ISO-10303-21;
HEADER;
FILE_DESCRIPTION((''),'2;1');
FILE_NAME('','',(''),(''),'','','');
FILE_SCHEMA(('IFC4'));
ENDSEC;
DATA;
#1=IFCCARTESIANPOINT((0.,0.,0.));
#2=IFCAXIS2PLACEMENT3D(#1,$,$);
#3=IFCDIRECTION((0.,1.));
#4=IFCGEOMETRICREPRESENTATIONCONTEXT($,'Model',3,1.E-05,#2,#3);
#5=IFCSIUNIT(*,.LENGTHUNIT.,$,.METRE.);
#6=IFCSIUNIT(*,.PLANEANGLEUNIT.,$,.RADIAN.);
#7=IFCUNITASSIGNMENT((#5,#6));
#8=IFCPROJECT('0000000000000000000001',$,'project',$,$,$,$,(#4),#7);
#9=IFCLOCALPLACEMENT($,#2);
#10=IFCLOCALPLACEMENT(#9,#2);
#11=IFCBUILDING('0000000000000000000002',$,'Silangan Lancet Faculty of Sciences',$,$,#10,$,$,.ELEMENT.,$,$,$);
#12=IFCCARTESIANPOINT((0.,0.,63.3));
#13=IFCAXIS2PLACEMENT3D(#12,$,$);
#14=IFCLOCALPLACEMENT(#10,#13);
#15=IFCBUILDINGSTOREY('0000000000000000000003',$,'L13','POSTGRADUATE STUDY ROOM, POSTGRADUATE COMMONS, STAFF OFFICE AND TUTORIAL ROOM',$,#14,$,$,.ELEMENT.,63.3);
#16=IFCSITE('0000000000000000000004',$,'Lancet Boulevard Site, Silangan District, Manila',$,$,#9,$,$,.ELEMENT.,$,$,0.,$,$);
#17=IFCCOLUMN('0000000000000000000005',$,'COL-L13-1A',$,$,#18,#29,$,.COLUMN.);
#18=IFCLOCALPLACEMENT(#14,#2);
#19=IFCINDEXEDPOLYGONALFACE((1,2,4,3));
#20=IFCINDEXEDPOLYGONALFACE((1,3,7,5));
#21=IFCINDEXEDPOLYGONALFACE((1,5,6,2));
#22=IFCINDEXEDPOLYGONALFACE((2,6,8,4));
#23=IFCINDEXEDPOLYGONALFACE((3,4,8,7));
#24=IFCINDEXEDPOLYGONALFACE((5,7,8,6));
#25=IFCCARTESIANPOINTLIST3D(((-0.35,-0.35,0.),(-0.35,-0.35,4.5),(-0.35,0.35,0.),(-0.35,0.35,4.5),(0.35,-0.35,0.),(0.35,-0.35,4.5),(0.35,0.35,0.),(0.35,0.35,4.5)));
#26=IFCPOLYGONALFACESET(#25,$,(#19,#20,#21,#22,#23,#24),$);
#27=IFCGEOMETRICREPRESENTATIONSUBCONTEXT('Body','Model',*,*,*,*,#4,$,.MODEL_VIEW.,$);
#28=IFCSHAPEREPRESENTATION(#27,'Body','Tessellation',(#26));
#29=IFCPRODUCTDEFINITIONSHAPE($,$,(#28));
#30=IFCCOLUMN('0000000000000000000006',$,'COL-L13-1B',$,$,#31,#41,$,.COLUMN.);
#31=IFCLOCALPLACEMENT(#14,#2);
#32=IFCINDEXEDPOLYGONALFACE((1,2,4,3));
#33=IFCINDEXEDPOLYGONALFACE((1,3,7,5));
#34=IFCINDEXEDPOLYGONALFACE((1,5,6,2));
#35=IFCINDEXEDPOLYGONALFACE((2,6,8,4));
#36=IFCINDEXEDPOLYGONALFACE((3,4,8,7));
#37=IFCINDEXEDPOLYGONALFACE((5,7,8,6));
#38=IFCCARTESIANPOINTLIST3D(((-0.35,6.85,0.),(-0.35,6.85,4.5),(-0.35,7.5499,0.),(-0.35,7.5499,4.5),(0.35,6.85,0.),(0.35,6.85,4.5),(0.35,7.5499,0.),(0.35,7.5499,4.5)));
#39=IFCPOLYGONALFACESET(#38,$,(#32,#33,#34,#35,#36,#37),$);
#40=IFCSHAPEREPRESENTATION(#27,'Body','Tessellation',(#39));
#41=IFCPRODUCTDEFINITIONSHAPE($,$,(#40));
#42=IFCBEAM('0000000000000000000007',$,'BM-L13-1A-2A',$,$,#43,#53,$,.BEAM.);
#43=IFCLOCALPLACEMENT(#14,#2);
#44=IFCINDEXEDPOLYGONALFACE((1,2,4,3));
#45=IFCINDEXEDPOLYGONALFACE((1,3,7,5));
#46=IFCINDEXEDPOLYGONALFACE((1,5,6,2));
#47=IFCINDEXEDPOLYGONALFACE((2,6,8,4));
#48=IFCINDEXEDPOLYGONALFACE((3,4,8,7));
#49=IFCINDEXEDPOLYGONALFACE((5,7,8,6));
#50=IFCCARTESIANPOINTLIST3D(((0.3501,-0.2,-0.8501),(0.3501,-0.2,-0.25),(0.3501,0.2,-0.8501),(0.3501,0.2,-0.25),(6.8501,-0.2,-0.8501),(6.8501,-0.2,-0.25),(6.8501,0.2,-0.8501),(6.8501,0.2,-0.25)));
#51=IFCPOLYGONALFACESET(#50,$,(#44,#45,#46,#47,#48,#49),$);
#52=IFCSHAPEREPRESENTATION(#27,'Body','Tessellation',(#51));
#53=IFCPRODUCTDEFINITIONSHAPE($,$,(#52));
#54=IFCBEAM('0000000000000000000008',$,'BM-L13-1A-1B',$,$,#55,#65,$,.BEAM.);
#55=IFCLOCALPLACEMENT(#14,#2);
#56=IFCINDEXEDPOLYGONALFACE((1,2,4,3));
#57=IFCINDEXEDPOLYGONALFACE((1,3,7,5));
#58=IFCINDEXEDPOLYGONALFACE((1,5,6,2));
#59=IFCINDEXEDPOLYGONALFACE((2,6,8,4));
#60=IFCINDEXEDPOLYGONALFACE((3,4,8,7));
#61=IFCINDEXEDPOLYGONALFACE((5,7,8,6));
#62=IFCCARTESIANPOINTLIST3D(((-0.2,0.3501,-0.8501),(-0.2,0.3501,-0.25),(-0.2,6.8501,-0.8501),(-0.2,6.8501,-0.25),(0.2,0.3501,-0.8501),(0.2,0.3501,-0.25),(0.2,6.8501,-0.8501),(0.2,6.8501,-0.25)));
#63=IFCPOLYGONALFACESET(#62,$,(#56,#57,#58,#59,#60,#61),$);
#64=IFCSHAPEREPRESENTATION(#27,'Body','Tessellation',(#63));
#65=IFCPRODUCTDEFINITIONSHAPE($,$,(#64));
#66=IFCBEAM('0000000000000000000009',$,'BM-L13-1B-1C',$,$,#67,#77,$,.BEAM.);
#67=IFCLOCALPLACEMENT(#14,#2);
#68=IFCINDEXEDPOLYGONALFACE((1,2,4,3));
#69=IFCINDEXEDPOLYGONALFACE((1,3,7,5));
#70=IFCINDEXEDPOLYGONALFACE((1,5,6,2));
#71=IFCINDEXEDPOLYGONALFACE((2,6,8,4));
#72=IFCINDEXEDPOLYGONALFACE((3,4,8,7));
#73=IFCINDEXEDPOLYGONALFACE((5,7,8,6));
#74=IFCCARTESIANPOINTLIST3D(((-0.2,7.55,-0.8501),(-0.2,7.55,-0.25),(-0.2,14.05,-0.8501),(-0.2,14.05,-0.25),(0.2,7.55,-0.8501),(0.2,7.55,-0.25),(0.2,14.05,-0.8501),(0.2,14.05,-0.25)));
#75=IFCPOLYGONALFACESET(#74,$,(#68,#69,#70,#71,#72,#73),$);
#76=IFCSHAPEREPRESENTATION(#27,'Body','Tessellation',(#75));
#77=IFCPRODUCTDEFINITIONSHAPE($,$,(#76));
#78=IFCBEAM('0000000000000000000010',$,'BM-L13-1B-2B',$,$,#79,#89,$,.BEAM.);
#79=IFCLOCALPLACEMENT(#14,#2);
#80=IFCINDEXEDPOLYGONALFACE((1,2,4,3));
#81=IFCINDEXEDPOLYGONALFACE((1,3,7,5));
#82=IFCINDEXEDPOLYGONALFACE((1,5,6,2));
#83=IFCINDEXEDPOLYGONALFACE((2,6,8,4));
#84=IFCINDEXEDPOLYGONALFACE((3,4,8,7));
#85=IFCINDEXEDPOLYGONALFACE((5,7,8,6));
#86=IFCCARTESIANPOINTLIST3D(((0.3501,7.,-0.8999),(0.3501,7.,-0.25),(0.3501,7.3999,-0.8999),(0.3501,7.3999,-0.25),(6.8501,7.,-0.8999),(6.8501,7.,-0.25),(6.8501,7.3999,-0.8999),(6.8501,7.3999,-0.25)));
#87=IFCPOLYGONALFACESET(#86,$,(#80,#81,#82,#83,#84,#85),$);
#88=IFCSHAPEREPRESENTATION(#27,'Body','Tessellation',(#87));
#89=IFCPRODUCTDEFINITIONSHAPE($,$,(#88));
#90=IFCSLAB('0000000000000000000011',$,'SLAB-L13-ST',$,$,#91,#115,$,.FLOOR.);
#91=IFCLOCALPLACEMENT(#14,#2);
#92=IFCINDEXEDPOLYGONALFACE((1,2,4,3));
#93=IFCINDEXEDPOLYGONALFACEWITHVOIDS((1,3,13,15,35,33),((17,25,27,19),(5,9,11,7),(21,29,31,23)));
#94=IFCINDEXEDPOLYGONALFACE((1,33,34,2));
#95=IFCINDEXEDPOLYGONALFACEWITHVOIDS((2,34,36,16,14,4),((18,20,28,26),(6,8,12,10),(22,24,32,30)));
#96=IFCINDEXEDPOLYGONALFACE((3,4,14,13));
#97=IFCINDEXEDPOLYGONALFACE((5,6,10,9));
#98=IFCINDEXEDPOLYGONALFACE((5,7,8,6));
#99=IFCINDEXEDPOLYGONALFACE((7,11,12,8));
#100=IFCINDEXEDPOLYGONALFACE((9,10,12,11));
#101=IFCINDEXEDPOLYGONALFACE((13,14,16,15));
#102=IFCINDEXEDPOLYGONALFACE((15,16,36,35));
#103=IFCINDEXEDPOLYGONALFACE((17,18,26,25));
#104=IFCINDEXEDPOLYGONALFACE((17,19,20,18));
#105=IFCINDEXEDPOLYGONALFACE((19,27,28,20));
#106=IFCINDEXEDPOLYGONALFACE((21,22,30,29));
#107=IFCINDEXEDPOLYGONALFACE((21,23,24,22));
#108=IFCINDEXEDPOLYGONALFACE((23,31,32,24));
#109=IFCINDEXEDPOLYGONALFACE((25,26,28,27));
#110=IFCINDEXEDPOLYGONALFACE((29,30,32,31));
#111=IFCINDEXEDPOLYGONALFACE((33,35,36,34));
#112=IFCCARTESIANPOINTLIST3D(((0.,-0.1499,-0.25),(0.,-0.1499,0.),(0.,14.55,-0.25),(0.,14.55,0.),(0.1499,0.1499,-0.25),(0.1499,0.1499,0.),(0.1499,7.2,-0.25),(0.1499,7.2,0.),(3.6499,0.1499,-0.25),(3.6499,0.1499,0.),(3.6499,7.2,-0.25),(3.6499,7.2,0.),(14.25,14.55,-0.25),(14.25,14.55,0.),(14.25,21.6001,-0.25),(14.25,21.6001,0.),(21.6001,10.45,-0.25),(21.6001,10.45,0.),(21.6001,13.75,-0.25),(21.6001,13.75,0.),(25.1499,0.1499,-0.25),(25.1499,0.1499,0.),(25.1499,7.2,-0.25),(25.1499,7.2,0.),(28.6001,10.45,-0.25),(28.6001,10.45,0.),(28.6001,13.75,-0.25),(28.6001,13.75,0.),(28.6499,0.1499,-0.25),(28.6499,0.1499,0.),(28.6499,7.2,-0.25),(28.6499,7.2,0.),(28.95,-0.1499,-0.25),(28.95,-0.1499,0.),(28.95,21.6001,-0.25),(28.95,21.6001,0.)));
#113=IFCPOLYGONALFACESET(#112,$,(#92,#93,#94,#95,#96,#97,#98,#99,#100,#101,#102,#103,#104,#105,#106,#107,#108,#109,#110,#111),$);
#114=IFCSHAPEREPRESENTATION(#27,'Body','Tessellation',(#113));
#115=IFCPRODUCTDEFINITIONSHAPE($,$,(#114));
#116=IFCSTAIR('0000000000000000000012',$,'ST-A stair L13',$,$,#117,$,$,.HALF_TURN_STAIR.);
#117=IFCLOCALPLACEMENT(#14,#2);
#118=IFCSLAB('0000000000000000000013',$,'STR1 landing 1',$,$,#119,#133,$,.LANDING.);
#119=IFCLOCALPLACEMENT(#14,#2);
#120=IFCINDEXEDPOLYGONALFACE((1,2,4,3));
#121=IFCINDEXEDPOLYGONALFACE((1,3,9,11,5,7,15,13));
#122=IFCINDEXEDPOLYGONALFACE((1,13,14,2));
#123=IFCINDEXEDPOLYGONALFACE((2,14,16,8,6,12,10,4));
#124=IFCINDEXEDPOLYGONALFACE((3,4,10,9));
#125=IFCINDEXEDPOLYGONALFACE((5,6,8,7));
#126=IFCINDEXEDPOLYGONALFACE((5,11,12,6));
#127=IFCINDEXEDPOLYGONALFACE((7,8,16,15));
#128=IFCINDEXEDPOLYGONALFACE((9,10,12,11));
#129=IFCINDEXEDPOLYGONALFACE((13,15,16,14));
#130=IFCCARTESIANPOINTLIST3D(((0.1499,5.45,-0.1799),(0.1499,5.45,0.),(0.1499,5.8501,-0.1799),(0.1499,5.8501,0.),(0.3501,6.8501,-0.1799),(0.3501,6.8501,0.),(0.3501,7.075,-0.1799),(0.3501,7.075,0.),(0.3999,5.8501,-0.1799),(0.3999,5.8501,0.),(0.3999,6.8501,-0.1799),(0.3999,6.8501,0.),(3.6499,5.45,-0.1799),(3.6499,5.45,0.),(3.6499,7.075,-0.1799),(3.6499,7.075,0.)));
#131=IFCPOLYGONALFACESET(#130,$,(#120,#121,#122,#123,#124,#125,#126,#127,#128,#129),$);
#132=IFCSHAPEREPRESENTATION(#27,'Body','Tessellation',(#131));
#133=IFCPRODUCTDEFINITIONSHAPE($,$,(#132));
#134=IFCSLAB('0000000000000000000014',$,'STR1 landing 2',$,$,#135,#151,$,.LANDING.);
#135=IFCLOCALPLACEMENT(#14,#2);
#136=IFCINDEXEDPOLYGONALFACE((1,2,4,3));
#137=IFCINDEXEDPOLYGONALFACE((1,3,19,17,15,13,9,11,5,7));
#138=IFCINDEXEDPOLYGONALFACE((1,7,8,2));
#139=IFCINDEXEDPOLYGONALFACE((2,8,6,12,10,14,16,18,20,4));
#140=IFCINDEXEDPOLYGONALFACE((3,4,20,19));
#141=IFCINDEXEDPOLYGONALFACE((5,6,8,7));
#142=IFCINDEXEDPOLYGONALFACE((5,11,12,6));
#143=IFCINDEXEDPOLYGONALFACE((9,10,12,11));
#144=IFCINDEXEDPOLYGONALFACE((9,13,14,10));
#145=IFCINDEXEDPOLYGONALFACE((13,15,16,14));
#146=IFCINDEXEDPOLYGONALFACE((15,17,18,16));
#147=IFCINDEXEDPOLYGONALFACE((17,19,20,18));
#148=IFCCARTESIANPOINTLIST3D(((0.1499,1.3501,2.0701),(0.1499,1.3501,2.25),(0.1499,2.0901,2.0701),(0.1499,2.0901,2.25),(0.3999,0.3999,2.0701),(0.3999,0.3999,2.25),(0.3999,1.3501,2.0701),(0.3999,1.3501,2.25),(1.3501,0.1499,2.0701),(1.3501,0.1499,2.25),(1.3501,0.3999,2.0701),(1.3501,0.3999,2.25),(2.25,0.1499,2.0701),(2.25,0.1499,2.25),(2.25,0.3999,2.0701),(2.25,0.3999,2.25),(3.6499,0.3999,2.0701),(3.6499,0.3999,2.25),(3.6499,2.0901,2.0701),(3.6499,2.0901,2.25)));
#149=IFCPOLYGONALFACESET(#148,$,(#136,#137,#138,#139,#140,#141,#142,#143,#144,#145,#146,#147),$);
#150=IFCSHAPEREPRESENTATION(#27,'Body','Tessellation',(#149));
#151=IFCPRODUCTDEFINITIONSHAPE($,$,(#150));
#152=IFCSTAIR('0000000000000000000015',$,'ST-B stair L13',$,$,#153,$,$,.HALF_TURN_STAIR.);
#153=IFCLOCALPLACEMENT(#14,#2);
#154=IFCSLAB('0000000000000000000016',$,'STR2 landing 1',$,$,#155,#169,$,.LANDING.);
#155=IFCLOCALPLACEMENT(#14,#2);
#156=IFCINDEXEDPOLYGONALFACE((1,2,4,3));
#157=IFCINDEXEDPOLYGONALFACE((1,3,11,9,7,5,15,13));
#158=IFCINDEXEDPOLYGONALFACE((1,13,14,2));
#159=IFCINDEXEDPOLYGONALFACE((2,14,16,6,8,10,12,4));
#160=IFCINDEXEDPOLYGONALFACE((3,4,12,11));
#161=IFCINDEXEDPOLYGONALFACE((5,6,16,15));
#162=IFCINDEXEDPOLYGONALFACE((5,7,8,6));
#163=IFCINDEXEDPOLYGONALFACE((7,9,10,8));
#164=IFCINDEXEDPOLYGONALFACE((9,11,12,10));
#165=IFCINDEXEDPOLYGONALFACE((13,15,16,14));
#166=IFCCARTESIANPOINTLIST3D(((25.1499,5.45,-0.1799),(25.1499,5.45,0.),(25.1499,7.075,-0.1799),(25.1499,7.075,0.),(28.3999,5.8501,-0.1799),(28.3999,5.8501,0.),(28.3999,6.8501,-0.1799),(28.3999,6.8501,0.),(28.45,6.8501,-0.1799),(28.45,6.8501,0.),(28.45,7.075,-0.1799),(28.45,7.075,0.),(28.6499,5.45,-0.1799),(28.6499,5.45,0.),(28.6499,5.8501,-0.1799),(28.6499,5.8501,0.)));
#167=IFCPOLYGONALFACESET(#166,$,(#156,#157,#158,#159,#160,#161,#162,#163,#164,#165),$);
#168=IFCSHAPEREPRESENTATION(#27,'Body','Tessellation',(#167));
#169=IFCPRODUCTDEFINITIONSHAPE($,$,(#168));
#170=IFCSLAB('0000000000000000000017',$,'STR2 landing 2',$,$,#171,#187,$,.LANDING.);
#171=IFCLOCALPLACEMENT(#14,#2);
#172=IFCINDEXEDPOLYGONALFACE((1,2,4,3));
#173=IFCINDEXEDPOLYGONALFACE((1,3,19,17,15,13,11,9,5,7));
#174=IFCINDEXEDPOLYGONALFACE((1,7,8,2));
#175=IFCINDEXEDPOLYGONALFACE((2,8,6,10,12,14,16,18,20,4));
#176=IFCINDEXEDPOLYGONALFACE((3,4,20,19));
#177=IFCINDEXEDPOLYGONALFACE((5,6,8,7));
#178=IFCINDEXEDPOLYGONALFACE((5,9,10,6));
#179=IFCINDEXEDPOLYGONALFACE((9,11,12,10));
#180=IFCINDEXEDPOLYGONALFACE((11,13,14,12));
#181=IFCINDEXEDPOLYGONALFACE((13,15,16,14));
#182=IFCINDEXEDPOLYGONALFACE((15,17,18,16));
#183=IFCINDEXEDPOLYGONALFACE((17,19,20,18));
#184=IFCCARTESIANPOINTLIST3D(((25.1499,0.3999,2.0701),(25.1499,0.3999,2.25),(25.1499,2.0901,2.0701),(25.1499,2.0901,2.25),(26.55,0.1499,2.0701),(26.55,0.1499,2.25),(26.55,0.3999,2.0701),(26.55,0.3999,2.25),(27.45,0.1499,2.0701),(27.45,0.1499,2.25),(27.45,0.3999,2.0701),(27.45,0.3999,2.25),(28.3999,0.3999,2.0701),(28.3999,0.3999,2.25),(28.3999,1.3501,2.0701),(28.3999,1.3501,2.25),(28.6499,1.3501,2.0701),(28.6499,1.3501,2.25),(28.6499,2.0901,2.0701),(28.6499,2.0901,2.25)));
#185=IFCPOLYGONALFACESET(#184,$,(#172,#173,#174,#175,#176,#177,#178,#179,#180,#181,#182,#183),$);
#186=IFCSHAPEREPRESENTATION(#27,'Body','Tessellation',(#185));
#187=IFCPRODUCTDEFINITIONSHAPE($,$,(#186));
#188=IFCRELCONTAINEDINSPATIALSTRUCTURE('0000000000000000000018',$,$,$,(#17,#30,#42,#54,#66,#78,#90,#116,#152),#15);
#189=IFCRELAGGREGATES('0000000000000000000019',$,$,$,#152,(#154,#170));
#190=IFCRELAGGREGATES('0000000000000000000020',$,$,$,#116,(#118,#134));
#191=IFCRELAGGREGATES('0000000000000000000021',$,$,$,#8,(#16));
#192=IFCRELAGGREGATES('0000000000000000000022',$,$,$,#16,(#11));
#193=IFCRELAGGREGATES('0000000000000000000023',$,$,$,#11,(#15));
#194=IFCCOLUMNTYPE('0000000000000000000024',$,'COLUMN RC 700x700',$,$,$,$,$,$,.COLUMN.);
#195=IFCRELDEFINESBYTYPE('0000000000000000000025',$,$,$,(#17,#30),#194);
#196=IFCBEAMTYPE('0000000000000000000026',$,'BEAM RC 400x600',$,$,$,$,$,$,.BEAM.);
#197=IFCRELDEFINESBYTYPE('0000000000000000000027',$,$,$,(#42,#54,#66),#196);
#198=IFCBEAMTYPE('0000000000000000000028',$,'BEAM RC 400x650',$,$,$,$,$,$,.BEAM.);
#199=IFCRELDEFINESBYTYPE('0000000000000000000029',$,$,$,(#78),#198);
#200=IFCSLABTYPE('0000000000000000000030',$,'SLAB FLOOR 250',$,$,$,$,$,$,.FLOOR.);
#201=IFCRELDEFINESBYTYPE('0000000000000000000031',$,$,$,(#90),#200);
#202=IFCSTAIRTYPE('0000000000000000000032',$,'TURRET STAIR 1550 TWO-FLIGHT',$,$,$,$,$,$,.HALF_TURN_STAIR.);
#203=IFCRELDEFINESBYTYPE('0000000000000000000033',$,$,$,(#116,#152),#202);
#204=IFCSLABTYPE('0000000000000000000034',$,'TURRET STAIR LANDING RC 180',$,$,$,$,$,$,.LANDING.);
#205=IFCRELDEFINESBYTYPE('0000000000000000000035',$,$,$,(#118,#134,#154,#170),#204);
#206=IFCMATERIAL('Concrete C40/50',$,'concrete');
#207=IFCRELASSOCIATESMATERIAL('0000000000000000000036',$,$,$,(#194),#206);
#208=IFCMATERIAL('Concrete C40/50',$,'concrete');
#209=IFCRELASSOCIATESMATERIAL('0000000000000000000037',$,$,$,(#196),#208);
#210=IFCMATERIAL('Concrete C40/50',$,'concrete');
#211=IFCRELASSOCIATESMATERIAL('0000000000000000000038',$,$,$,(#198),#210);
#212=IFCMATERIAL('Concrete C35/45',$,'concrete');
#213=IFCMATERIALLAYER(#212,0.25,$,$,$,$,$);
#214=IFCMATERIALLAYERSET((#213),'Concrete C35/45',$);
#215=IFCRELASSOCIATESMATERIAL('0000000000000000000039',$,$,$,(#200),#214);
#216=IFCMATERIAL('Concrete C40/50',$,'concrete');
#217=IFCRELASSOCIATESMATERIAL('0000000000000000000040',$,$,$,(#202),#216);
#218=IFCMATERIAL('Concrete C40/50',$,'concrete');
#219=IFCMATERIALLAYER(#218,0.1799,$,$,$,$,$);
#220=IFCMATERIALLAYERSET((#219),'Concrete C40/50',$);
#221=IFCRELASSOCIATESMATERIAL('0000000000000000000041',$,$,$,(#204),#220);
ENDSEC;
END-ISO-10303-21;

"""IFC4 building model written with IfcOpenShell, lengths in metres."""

from ifc_helpers import new_model, si_unit, direction, frame, origin, origin_2d, place, context, subcontext, project, spatial, polyline, rectangle, outline, extrude, material, layer, layer_set, material_profile, profile_set, type_object, element, aggregate, save


model = new_model("IFC4")

# Units and contexts
model_context = context("Model", 3, precision=1e-05, world=origin(), true_north=direction((0.0, 1.0)))
body_context = subcontext(model_context, "Body", "Model", "MODEL_VIEW")
ifc_project = project(units=[si_unit("LENGTHUNIT", "METRE"), si_unit("PLANEANGLEUNIT", "RADIAN")], contexts=[model_context])

# Site, building, storey
site_placement = place(None, origin())
site = spatial("IfcSite", under=ifc_project, at=site_placement, Name="Lancet Boulevard Site, Silangan District, Manila", CompositionType="ELEMENT", RefElevation=0.0)
building_placement = place(site_placement, origin())
building = spatial("IfcBuilding", under=site, at=building_placement, Name="Silangan Lancet Faculty of Sciences", CompositionType="ELEMENT")
storey_placement = place(building_placement, frame((0.0, 0.0, 63.3)))
storey = spatial("IfcBuildingStorey", under=building, at=storey_placement, Name="L13", Description="POSTGRADUATE STUDY ROOM, POSTGRADUATE COMMONS, STAFF OFFICE AND TUTORIAL ROOM", CompositionType="ELEMENT", Elevation=63.3)

# Columns
ifc_material_1 = material(Name="Concrete C40/50", Category="concrete")
ifc_material_profile_1 = material_profile(ifc_material_1, rectangle(XDim=0.7, YDim=0.7, at=origin_2d()), Name="RC 700x700")
ifc_profile_set_1 = profile_set([ifc_material_profile_1], Name="Concrete C40/50")
column_type = type_object("IfcColumnType", Name="COLUMN RC 700x700", PredefinedType="COLUMN", material=ifc_profile_set_1)
for number, where, z_axis, x_axis, name in (
    (1, (0.0, 0.0, 0.0), (0.0, 0.0, 1.0), (1.0, 0.0, 0.0), "COL-L13-1A"),
    (2, (0.0, 7.2, 0.0), (0.0, 0.0, 1.0), (1.0, 0.0, 0.0), "COL-L13-1B"),
):
    element("IfcColumn", number, at=place(storey_placement, frame(where, z_axis=z_axis, x_axis=x_axis)), inside=storey, type_object=column_type, Name=name, PredefinedType="COLUMN", context=body_context, shape_type="SweptSolid", body=[
        extrude(rectangle(XDim=0.7, YDim=0.7, at=origin_2d()), origin(), (0.0, 0.0, 1.0), 4.5),
    ])

# Beams
ifc_material_2 = material(Name="Concrete C40/50", Category="concrete")
ifc_material_profile_2 = material_profile(ifc_material_2, rectangle(XDim=0.3999, YDim=0.6001, at=origin_2d()), Name="RC 400x600")
ifc_profile_set_2 = profile_set([ifc_material_profile_2], Name="Concrete C40/50")
beam_type_1 = type_object("IfcBeamType", Name="BEAM RC 400x600", PredefinedType="BEAM", material=ifc_profile_set_2)
for number, where, z_axis, x_axis, name in (
    (3, (0.3501, 0.0, -0.55), (1.0, 0.0, 0.0), (0.0, 1.0, 0.0), "BM-L13-1A-2A"),
    (4, (0.0, 0.3501, -0.55), (0.0, 1.0, 0.0), (-1.0, 0.0, 0.0), "BM-L13-1A-1B"),
    (5, (0.0, 7.55, -0.55), (0.0, 1.0, 0.0), (-1.0, 0.0, 0.0), "BM-L13-1B-1C"),
):
    element("IfcBeam", number, at=place(storey_placement, frame(where, z_axis=z_axis, x_axis=x_axis)), inside=storey, type_object=beam_type_1, Name=name, PredefinedType="BEAM", context=body_context, shape_type="SweptSolid", body=[
        extrude(rectangle(XDim=0.3999, YDim=0.6001, at=origin_2d()), origin(), (0.0, 0.0, 1.0), 6.5),
    ])
ifc_material_3 = material(Name="Concrete C40/50", Category="concrete")
ifc_material_profile_3 = material_profile(ifc_material_3, rectangle(XDim=0.3999, YDim=0.6499, at=origin_2d()), Name="RC 400x650")
ifc_profile_set_3 = profile_set([ifc_material_profile_3], Name="Concrete C40/50")
beam_type_2 = type_object("IfcBeamType", Name="BEAM RC 400x650", PredefinedType="BEAM", material=ifc_profile_set_3)
beam_placement = place(storey_placement, frame((0.3501, 7.2, -0.575), z_axis=(1.0, 0.0, 0.0), x_axis=(0.0, 1.0, 0.0)))
element("IfcBeam", 6, at=beam_placement, inside=storey, type_object=beam_type_2, Name="BM-L13-1B-2B", PredefinedType="BEAM", context=body_context, shape_type="SweptSolid", body=[
    extrude(rectangle(XDim=0.3999, YDim=0.6499, at=origin_2d()), origin(), (0.0, 0.0, 1.0), 6.5),
])

# Slab
ifc_material_4 = material(Name="Concrete C35/45", Category="concrete")
ifc_layer_1 = layer(ifc_material_4, 0.25)
ifc_layer_set_1 = layer_set([ifc_layer_1], Name="Concrete C35/45")
slab_type_1 = type_object("IfcSlabType", Name="SLAB FLOOR 250", PredefinedType="FLOOR", material=ifc_layer_set_1)
slab_1_placement = place(storey_placement, frame((0.0, 0.0, -0.25)))
element("IfcSlab", 7, at=slab_1_placement, inside=storey, type_object=slab_type_1, Name="SLAB-L13-ST", PredefinedType="FLOOR", context=body_context, shape_type="SweptSolid", body=[
    extrude(outline(polyline([(0.0, 14.55), (0.0, -0.1499), (28.95, -0.1499), (28.95, 21.6001), (14.25, 21.6001), (14.25, 14.55), (0.0, 14.55)]), holes=[polyline([(0.1499, 0.1499), (0.1499, 7.2), (3.6499, 7.2), (3.6499, 0.1499), (0.1499, 0.1499)]), polyline([(25.1499, 7.2), (28.6499, 7.2), (28.6499, 0.1499), (25.1499, 0.1499), (25.1499, 7.2)]), polyline([(21.6001, 13.75), (28.6001, 13.75), (28.6001, 10.45), (21.6001, 10.45), (21.6001, 13.75)])]), origin(), (0.0, 0.0, 1.0), 0.25),
])

# Stairs, slabs
ifc_material_5 = material(Name="Concrete C40/50", Category="concrete")
stair_type = type_object("IfcStairType", Name="TURRET STAIR 1550 TWO-FLIGHT", PredefinedType="HALF_TURN_STAIR", material=ifc_material_5)
stair_1_placement = place(storey_placement, origin())
stair_1 = element("IfcStair", 8, at=stair_1_placement, inside=storey, type_object=stair_type, Name="ST-A stair L13", PredefinedType="HALF_TURN_STAIR")
ifc_material_6 = material(Name="Concrete C40/50", Category="concrete")
ifc_layer_2 = layer(ifc_material_6, 0.1799)
ifc_layer_set_2 = layer_set([ifc_layer_2], Name="Concrete C40/50")
slab_type_2 = type_object("IfcSlabType", Name="TURRET STAIR LANDING RC 180", PredefinedType="LANDING", material=ifc_layer_set_2)
slab_2_placement = place(storey_placement, frame((0.0, 0.0, -0.1799)))
slab_2 = element("IfcSlab", 9, at=slab_2_placement, type_object=slab_type_2, Name="STR1 landing 1", PredefinedType="LANDING", context=body_context, shape_type="SweptSolid", body=[
    extrude(outline(polyline([(0.3501, 6.8501), (0.3501, 7.075), (3.6499, 7.075), (3.6499, 5.45), (0.1499, 5.45), (0.1499, 5.8501), (0.3999, 5.8501), (0.3999, 6.8501), (0.3501, 6.8501)])), origin(), (0.0, 0.0, 1.0), 0.1799),
])
slab_3_placement = place(storey_placement, frame((0.0, 0.0, 2.0701)))
slab_3 = element("IfcSlab", 10, at=slab_3_placement, type_object=slab_type_2, Name="STR1 landing 2", PredefinedType="LANDING", context=body_context, shape_type="SweptSolid", body=[
    extrude(outline(polyline([(1.3501, 0.1499), (1.3501, 0.3999), (0.3999, 0.3999), (0.3999, 1.3501), (0.1499, 1.3501), (0.1499, 2.0901), (3.6499, 2.0901), (3.6499, 0.3999), (2.25, 0.3999), (2.25, 0.1499), (1.3501, 0.1499)])), origin(), (0.0, 0.0, 1.0), 0.1799),
])
stair_2_placement = place(storey_placement, origin())
stair_2 = element("IfcStair", 11, at=stair_2_placement, inside=storey, type_object=stair_type, Name="ST-B stair L13", PredefinedType="HALF_TURN_STAIR")
slab_4_placement = place(storey_placement, frame((0.0, 0.0, -0.1799)))
slab_4 = element("IfcSlab", 12, at=slab_4_placement, type_object=slab_type_2, Name="STR2 landing 1", PredefinedType="LANDING", context=body_context, shape_type="SweptSolid", body=[
    extrude(outline(polyline([(28.3999, 6.8501), (28.3999, 5.8501), (28.6499, 5.8501), (28.6499, 5.45), (25.1499, 5.45), (25.1499, 7.075), (28.45, 7.075), (28.45, 6.8501), (28.3999, 6.8501)])), origin(), (0.0, 0.0, 1.0), 0.1799),
])
slab_5_placement = place(storey_placement, frame((0.0, 0.0, 2.0701)))
slab_5 = element("IfcSlab", 13, at=slab_5_placement, type_object=slab_type_2, Name="STR2 landing 2", PredefinedType="LANDING", context=body_context, shape_type="SweptSolid", body=[
    extrude(outline(polyline([(26.55, 0.1499), (26.55, 0.3999), (25.1499, 0.3999), (25.1499, 2.0901), (28.6499, 2.0901), (28.6499, 1.3501), (28.3999, 1.3501), (28.3999, 0.3999), (27.45, 0.3999), (27.45, 0.1499), (26.55, 0.1499)])), origin(), (0.0, 0.0, 1.0), 0.1799),
])
aggregate(stair_2, [slab_4, slab_5])

aggregate(stair_1, [slab_2, slab_3])

save(model, "model.ifc")
